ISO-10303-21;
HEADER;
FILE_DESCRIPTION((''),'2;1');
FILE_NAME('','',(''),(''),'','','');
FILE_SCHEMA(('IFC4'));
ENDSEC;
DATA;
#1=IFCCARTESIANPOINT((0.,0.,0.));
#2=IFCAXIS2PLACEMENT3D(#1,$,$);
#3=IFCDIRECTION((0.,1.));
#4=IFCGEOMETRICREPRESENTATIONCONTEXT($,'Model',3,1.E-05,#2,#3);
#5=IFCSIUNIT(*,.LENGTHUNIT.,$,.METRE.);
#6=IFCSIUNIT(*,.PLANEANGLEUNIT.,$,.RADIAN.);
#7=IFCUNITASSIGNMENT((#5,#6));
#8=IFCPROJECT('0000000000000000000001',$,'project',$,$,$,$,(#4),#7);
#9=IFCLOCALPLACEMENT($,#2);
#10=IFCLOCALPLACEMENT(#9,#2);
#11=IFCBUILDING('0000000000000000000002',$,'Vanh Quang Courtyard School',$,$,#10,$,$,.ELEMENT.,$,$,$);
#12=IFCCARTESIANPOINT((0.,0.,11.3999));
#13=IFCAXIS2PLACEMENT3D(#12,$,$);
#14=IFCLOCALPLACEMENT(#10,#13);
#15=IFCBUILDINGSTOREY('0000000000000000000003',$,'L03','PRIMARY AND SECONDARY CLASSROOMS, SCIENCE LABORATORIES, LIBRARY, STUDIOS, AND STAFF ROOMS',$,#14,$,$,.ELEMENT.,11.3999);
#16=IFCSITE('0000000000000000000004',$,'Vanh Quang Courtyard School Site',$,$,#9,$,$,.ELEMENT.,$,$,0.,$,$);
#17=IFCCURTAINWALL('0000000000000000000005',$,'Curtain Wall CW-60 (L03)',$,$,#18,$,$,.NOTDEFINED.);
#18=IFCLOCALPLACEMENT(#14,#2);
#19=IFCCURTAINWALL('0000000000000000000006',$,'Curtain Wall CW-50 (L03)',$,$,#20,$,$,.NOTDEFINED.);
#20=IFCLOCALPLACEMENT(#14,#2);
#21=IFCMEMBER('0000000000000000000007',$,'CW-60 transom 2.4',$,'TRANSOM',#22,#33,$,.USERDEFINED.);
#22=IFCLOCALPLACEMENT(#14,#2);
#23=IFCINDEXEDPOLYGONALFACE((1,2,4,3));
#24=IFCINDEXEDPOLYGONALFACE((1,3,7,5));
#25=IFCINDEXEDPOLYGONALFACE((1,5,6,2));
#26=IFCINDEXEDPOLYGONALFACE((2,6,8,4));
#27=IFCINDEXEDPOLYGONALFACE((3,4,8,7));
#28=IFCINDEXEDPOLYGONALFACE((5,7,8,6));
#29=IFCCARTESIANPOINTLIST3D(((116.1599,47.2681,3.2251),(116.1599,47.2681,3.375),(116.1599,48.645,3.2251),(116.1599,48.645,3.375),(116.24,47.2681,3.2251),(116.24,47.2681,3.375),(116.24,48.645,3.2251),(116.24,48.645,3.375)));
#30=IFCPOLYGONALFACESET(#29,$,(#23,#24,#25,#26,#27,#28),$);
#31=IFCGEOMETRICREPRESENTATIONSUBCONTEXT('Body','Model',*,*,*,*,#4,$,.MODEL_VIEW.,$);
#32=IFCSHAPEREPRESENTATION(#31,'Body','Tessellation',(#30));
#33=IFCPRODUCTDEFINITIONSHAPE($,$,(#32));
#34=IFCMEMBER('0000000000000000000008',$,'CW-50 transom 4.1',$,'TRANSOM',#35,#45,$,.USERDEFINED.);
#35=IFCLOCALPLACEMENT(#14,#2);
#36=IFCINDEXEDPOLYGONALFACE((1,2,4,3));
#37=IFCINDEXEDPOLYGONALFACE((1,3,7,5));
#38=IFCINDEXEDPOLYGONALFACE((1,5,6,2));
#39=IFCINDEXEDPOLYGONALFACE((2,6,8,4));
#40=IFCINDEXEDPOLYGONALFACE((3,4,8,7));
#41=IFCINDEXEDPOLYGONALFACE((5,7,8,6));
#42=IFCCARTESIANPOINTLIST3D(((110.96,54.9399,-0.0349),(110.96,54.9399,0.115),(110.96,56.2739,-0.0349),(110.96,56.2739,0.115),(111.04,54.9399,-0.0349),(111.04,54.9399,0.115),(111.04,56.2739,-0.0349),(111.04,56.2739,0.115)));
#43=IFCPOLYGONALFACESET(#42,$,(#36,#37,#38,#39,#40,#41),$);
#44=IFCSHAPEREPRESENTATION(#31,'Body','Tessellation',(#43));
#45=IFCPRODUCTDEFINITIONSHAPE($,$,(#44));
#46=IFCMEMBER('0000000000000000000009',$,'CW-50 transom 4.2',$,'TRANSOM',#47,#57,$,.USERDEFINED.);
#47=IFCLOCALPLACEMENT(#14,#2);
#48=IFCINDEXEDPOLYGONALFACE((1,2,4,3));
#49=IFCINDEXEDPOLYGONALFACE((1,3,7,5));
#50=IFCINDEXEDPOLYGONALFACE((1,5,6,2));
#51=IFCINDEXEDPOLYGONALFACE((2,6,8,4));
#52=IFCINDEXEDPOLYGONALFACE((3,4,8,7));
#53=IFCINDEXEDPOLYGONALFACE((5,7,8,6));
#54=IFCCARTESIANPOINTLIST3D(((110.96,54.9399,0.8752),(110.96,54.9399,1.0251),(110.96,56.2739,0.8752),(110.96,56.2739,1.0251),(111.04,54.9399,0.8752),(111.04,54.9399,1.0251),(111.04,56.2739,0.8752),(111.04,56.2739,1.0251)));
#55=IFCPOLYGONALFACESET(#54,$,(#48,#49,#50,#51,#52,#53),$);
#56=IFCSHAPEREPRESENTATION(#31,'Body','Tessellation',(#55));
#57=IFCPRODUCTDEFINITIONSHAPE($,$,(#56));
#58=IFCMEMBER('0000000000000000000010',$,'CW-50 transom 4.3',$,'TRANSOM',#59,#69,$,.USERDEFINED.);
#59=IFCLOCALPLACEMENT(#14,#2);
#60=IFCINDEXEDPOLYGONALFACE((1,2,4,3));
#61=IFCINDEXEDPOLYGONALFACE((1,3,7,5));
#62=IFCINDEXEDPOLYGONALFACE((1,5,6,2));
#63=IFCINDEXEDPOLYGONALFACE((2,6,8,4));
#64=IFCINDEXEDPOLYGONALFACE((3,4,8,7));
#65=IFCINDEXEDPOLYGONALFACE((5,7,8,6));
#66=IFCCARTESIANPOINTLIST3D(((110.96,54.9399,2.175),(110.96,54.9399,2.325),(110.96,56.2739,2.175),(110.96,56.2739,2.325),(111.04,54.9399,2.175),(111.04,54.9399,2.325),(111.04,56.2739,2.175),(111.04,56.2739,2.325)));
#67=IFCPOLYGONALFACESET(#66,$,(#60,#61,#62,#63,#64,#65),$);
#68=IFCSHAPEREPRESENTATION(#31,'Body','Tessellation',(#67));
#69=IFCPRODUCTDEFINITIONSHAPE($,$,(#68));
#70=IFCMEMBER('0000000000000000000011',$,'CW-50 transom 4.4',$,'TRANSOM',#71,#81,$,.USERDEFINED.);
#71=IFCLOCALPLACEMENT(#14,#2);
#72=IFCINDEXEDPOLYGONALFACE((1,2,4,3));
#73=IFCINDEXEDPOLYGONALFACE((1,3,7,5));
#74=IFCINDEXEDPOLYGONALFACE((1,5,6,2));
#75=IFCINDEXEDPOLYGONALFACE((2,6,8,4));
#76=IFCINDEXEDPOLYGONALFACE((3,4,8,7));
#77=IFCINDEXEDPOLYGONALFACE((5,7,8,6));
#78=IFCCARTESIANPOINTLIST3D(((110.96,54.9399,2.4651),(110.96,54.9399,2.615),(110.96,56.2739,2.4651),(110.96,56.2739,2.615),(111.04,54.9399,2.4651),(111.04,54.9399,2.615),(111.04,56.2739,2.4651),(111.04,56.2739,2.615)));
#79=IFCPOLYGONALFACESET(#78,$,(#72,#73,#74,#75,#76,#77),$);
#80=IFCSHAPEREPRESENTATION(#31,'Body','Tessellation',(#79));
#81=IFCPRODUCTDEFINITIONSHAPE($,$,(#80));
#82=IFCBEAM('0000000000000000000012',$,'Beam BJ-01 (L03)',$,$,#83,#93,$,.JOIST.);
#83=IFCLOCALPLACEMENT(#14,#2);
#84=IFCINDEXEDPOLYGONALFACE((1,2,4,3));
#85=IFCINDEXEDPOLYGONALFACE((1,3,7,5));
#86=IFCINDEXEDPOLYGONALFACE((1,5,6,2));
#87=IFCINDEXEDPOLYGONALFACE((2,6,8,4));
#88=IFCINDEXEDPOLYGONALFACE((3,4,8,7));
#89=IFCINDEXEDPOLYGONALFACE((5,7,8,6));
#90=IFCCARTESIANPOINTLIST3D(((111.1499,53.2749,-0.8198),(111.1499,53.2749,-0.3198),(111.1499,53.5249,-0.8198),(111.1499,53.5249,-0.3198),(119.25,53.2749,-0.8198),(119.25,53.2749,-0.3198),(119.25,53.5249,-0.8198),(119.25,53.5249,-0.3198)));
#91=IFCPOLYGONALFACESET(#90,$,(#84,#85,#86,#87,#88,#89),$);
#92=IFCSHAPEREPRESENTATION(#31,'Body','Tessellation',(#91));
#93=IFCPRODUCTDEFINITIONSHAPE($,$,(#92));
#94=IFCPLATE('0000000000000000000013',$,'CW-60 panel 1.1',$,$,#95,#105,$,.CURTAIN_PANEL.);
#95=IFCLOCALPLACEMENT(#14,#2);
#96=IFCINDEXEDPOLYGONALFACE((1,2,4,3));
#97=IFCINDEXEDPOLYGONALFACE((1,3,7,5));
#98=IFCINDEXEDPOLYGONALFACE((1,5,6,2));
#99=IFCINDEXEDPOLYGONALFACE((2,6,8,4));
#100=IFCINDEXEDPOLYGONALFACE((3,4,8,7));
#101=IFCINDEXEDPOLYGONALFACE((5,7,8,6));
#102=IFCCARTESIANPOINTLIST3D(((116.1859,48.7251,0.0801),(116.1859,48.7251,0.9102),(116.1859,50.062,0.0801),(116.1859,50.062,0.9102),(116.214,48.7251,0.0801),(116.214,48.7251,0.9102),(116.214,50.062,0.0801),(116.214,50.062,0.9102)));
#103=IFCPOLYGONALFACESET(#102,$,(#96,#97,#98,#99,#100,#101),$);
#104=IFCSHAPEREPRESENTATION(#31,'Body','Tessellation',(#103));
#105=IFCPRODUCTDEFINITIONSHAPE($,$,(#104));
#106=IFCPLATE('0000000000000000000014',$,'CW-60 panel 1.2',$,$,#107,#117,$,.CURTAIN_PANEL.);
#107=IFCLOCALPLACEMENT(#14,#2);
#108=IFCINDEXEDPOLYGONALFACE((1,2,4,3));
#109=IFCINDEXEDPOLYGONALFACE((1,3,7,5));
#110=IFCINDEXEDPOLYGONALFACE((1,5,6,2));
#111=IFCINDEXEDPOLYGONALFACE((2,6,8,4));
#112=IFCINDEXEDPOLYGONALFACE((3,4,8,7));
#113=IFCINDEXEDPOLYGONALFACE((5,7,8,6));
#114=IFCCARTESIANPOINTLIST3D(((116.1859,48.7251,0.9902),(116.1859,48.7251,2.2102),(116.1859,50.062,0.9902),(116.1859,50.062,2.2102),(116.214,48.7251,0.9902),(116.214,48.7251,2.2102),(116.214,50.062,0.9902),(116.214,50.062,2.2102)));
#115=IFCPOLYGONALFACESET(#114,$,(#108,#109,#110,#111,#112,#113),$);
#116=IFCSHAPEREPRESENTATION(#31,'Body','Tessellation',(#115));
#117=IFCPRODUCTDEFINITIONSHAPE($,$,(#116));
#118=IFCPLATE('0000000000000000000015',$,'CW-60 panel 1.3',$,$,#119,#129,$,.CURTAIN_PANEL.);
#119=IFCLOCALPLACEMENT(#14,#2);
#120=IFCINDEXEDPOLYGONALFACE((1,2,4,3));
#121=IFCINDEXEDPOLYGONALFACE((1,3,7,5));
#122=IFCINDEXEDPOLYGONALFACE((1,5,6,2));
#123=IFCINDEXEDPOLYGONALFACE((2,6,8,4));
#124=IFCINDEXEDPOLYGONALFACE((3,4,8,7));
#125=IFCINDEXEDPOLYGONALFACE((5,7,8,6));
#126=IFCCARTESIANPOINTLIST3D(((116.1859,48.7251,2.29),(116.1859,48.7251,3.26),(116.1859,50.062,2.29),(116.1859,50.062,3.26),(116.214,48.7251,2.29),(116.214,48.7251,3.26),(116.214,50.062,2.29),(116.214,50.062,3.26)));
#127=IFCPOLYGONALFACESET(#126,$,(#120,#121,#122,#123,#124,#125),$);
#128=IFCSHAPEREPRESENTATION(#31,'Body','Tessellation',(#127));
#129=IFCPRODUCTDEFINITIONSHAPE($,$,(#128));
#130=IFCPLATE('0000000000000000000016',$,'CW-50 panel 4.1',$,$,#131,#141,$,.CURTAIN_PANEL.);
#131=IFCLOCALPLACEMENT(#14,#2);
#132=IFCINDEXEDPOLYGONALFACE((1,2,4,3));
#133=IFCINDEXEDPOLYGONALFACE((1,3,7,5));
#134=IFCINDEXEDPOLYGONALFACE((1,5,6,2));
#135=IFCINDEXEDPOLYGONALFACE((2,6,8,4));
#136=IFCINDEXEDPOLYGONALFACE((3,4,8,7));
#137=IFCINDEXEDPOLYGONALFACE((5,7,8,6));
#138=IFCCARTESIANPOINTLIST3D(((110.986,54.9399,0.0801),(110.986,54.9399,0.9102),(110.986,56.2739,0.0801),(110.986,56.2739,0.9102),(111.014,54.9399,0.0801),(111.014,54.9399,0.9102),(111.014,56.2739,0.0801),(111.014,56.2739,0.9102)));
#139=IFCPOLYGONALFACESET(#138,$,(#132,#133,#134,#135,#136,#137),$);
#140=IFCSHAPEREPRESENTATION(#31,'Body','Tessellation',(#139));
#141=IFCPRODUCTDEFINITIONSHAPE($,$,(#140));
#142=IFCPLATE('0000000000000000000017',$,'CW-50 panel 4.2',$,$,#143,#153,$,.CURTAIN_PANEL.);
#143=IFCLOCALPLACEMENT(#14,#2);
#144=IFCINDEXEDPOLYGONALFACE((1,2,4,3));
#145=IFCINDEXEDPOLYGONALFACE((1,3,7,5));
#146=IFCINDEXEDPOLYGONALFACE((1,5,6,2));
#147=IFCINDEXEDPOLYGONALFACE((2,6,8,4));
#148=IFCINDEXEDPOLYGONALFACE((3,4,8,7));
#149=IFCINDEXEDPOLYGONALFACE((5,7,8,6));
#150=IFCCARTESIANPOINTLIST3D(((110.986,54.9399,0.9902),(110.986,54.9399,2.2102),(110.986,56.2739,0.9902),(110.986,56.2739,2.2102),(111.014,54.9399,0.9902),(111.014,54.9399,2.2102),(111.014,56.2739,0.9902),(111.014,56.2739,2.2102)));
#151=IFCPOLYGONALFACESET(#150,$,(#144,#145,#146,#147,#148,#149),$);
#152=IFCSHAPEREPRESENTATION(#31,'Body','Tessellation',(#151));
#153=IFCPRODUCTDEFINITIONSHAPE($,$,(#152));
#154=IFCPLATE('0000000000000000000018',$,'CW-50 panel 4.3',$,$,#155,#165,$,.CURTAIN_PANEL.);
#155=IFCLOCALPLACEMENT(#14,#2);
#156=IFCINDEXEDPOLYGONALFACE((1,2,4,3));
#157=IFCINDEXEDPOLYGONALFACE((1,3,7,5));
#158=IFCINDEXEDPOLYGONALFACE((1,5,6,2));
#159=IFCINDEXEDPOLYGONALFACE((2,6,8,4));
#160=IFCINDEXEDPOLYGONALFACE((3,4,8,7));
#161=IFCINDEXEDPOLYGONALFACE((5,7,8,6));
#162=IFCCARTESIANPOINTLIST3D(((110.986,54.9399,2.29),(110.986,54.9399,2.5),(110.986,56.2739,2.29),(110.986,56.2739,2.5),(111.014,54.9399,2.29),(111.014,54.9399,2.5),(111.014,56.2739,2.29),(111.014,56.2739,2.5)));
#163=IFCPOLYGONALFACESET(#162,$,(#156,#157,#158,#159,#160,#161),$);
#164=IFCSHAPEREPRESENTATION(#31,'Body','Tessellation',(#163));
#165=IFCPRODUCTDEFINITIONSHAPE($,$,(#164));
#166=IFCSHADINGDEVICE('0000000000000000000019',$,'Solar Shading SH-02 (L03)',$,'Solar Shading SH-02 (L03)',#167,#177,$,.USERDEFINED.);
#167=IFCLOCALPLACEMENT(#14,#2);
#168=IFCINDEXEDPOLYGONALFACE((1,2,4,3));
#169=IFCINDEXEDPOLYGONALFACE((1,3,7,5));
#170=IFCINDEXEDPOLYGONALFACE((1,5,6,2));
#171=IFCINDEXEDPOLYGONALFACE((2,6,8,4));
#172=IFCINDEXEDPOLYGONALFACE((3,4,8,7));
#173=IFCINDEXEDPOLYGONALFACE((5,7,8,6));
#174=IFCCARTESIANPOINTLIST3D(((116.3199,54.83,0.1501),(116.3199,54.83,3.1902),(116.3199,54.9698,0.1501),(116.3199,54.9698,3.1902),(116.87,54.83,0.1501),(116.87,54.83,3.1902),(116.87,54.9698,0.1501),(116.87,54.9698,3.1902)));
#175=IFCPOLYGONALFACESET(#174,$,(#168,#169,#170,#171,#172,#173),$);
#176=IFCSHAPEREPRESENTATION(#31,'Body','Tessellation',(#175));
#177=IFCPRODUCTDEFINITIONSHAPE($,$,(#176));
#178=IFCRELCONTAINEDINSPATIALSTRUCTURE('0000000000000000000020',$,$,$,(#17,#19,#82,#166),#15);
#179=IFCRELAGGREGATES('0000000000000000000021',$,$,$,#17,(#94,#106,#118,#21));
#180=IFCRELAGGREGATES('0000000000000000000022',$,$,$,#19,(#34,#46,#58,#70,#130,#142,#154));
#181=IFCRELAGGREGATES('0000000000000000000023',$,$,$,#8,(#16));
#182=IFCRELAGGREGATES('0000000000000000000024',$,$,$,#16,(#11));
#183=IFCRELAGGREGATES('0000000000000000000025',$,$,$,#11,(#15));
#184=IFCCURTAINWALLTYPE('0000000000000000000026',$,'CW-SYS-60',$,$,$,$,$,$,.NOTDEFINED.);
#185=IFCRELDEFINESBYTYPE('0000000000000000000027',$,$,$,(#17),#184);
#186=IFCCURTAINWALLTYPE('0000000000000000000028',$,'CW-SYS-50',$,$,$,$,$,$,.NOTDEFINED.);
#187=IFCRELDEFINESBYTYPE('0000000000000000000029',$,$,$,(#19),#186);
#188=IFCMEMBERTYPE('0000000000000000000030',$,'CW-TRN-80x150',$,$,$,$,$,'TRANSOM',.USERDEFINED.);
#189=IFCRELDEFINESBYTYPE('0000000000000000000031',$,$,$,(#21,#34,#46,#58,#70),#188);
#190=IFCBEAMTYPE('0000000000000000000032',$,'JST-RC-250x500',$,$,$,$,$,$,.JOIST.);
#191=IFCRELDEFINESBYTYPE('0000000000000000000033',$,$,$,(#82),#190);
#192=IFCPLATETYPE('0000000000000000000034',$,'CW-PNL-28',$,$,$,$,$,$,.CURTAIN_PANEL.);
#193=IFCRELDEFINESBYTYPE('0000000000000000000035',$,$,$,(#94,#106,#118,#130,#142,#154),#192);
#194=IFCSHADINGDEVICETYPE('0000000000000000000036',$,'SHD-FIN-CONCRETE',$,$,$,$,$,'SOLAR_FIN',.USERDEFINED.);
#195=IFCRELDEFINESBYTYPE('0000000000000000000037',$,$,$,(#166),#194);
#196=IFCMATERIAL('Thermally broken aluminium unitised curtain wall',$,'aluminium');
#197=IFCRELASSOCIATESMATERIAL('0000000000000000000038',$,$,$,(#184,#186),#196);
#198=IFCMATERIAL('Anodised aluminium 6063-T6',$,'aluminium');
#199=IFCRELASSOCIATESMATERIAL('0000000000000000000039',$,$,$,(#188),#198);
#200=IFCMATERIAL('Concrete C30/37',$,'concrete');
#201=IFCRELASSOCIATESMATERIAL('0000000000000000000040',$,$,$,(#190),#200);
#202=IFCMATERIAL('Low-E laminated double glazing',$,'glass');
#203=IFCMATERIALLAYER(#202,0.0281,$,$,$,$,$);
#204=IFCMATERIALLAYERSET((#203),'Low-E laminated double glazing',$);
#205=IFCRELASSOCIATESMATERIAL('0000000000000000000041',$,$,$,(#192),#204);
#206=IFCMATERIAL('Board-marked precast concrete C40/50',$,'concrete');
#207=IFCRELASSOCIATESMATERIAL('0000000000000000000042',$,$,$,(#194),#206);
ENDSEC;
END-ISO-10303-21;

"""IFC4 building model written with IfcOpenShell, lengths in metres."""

from ifc_helpers import new_model, si_unit, direction, frame, origin, origin_2d, place, context, subcontext, project, spatial, rectangle, extrude, material, layer, layer_set, material_profile, profile_set, type_object, element, aggregate, save


model = new_model("IFC4")

# Units and contexts
model_context = context("Model", 3, precision=1e-05, world=origin(), true_north=direction((0.0, 1.0)))
body_context = subcontext(model_context, "Body", "Model", "MODEL_VIEW")
ifc_project = project(units=[si_unit("LENGTHUNIT", "METRE"), si_unit("PLANEANGLEUNIT", "RADIAN")], contexts=[model_context])

# Site, building, storey
site_placement = place(None, origin())
site = spatial("IfcSite", under=ifc_project, at=site_placement, Name="Vanh Quang Courtyard School Site", CompositionType="ELEMENT", RefElevation=0.0)
building_placement = place(site_placement, origin())
building = spatial("IfcBuilding", under=site, at=building_placement, Name="Vanh Quang Courtyard School", CompositionType="ELEMENT")
storey_placement = place(building_placement, frame((0.0, 0.0, 11.3999)))
storey = spatial("IfcBuildingStorey", under=building, at=storey_placement, Name="L03", Description="PRIMARY AND SECONDARY CLASSROOMS, SCIENCE LABORATORIES, LIBRARY, STUDIOS, AND STAFF ROOMS", CompositionType="ELEMENT", Elevation=11.3999)

# Curtain walls
ifc_material_1 = material(Name="Thermally broken aluminium unitised curtain wall", Category="aluminium")
curtain_wall_type_1 = type_object("IfcCurtainWallType", Name="CW-SYS-60", PredefinedType="NOTDEFINED", material=ifc_material_1)
curtain_wall_1_placement = place(storey_placement, origin())
curtain_wall_1 = element("IfcCurtainWall", 1, at=curtain_wall_1_placement, inside=storey, type_object=curtain_wall_type_1, Name="Curtain Wall CW-60 (L03)", PredefinedType="NOTDEFINED")
ifc_material_2 = material(Name="Anodised aluminium 6063-T6", Category="aluminium")
curtain_wall_type_2 = type_object("IfcCurtainWallType", Name="CW-SYS-50", PredefinedType="NOTDEFINED", material=ifc_material_1)
curtain_wall_2_placement = place(storey_placement, origin())
curtain_wall_2 = element("IfcCurtainWall", 2, at=curtain_wall_2_placement, inside=storey, type_object=curtain_wall_type_2, Name="Curtain Wall CW-50 (L03)", PredefinedType="NOTDEFINED")

# Members
ifc_material_profile_1 = material_profile(ifc_material_2, rectangle(XDim=0.0801, YDim=0.1499, at=origin_2d()), Name="ALU-TRN 80x150")
ifc_profile_set_1 = profile_set([ifc_material_profile_1], Name="Anodised aluminium 6063-T6")
member_type_1 = type_object("IfcMemberType", Name="CW-TRN-80x150", ElementType="TRANSOM", PredefinedType="USERDEFINED", material=ifc_profile_set_1)
member_1_placement = place(storey_placement, frame((116.2, 48.645, 3.3), z_axis=(0.0, -1.0, 0.0), x_axis=(1.0, 0.0, 0.0)))
member_1 = element("IfcMember", 3, at=member_1_placement, type_object=member_type_1, Name="CW-60 transom 2.4", ObjectType="TRANSOM", PredefinedType="USERDEFINED", context=body_context, shape_type="SweptSolid", body=[
    extrude(rectangle(XDim=0.0801, YDim=0.1499, at=origin_2d()), origin(), (0.0, 0.0, 1.0), 1.377),
])
member_2_placement = place(storey_placement, frame((111.0, 54.9399, 0.04), z_axis=(0.0, 1.0, 0.0), x_axis=(-1.0, 0.0, 0.0)))
member_2 = element("IfcMember", 4, at=member_2_placement, type_object=member_type_1, Name="CW-50 transom 4.1", ObjectType="TRANSOM", PredefinedType="USERDEFINED", context=body_context, shape_type="SweptSolid", body=[
    extrude(rectangle(XDim=0.0801, YDim=0.1499, at=origin_2d()), origin(), (0.0, 0.0, 1.0), 1.334),
])
member_3_placement = place(storey_placement, frame((111.0, 54.9399, 0.9502), z_axis=(0.0, 1.0, 0.0), x_axis=(-1.0, 0.0, 0.0)))
member_3 = element("IfcMember", 5, at=member_3_placement, type_object=member_type_1, Name="CW-50 transom 4.2", ObjectType="TRANSOM", PredefinedType="USERDEFINED", context=body_context, shape_type="SweptSolid", body=[
    extrude(rectangle(XDim=0.0801, YDim=0.1499, at=origin_2d()), origin(), (0.0, 0.0, 1.0), 1.334),
])
member_4_placement = place(storey_placement, frame((111.0, 54.9399, 2.25), z_axis=(0.0, 1.0, 0.0), x_axis=(-1.0, 0.0, 0.0)))
member_4 = element("IfcMember", 6, at=member_4_placement, type_object=member_type_1, Name="CW-50 transom 4.3", ObjectType="TRANSOM", PredefinedType="USERDEFINED", context=body_context, shape_type="SweptSolid", body=[
    extrude(rectangle(XDim=0.0801, YDim=0.1499, at=origin_2d()), origin(), (0.0, 0.0, 1.0), 1.334),
])
member_5_placement = place(storey_placement, frame((111.0, 54.9399, 2.54), z_axis=(0.0, 1.0, 0.0), x_axis=(-1.0, 0.0, 0.0)))
member_5 = element("IfcMember", 7, at=member_5_placement, type_object=member_type_1, Name="CW-50 transom 4.4", ObjectType="TRANSOM", PredefinedType="USERDEFINED", context=body_context, shape_type="SweptSolid", body=[
    extrude(rectangle(XDim=0.0801, YDim=0.1499, at=origin_2d()), origin(), (0.0, 0.0, 1.0), 1.334),
])

# Beam
ifc_material_3 = material(Name="Concrete C30/37", Category="concrete")
ifc_material_profile_2 = material_profile(ifc_material_3, rectangle(XDim=0.25, YDim=0.5, at=origin_2d()), Name="RC-JST 250x500")
ifc_profile_set_2 = profile_set([ifc_material_profile_2], Name="Concrete C30/37")
beam_type_1 = type_object("IfcBeamType", Name="JST-RC-250x500", PredefinedType="JOIST", material=ifc_profile_set_2)
beam_1_placement = place(storey_placement, frame((111.1499, 53.3999, -0.5698), z_axis=(1.0, 0.0, 0.0), x_axis=(0.0, 1.0, 0.0)))
element("IfcBeam", 8, at=beam_1_placement, inside=storey, type_object=beam_type_1, Name="Beam BJ-01 (L03)", PredefinedType="JOIST", context=body_context, shape_type="SweptSolid", body=[
    extrude(rectangle(XDim=0.25, YDim=0.5, at=origin_2d()), origin(), (0.0, 0.0, 1.0), 8.1001),
])

# Plates
ifc_material_4 = material(Name="Low-E laminated double glazing", Category="glass")
ifc_layer_1 = layer(ifc_material_4, 0.0281)
ifc_layer_set_1 = layer_set([ifc_layer_1], Name="Low-E laminated double glazing")
plate_type = type_object("IfcPlateType", Name="CW-PNL-28", PredefinedType="CURTAIN_PANEL", material=ifc_layer_set_1)
plate_1_placement = place(storey_placement, frame((116.2, 49.3936, 0.0801), z_axis=(0.0, 0.0, 1.0), x_axis=(0.0, -1.0, 0.0)))
plate_1 = element("IfcPlate", 9, at=plate_1_placement, type_object=plate_type, Name="CW-60 panel 1.1", PredefinedType="CURTAIN_PANEL", context=body_context, shape_type="SweptSolid", body=[
    extrude(rectangle(XDim=1.3369, YDim=0.0281, at=origin_2d()), origin(), (0.0, 0.0, 1.0), 0.8301),
])
plate_2_placement = place(storey_placement, frame((116.2, 49.3936, 0.9902), z_axis=(0.0, 0.0, 1.0), x_axis=(0.0, -1.0, 0.0)))
plate_2 = element("IfcPlate", 10, at=plate_2_placement, type_object=plate_type, Name="CW-60 panel 1.2", PredefinedType="CURTAIN_PANEL", context=body_context, shape_type="SweptSolid", body=[
    extrude(rectangle(XDim=1.3369, YDim=0.0281, at=origin_2d()), origin(), (0.0, 0.0, 1.0), 1.22),
])
plate_3_placement = place(storey_placement, frame((116.2, 49.3936, 2.29), z_axis=(0.0, 0.0, 1.0), x_axis=(0.0, -1.0, 0.0)))
plate_3 = element("IfcPlate", 11, at=plate_3_placement, type_object=plate_type, Name="CW-60 panel 1.3", PredefinedType="CURTAIN_PANEL", context=body_context, shape_type="SweptSolid", body=[
    extrude(rectangle(XDim=1.3369, YDim=0.0281, at=origin_2d()), origin(), (0.0, 0.0, 1.0), 0.97),
])
aggregate(curtain_wall_1, [plate_1, plate_2, plate_3, member_1])
plate_4_placement = place(storey_placement, frame((111.0, 55.6069, 0.0801), z_axis=(0.0, 0.0, 1.0), x_axis=(0.0, 1.0, 0.0)))
plate_4 = element("IfcPlate", 12, at=plate_4_placement, type_object=plate_type, Name="CW-50 panel 4.1", PredefinedType="CURTAIN_PANEL", context=body_context, shape_type="SweptSolid", body=[
    extrude(rectangle(XDim=1.334, YDim=0.0281, at=origin_2d()), origin(), (0.0, 0.0, 1.0), 0.8301),
])
plate_5_placement = place(storey_placement, frame((111.0, 55.6069, 0.9902), z_axis=(0.0, 0.0, 1.0), x_axis=(0.0, 1.0, 0.0)))
plate_5 = element("IfcPlate", 13, at=plate_5_placement, type_object=plate_type, Name="CW-50 panel 4.2", PredefinedType="CURTAIN_PANEL", context=body_context, shape_type="SweptSolid", body=[
    extrude(rectangle(XDim=1.334, YDim=0.0281, at=origin_2d()), origin(), (0.0, 0.0, 1.0), 1.22),
])
plate_6_placement = place(storey_placement, frame((111.0, 55.6069, 2.29), z_axis=(0.0, 0.0, 1.0), x_axis=(0.0, 1.0, 0.0)))
plate_6 = element("IfcPlate", 14, at=plate_6_placement, type_object=plate_type, Name="CW-50 panel 4.3", PredefinedType="CURTAIN_PANEL", context=body_context, shape_type="SweptSolid", body=[
    extrude(rectangle(XDim=1.334, YDim=0.0281, at=origin_2d()), origin(), (0.0, 0.0, 1.0), 0.21),
])
aggregate(curtain_wall_2, [member_2, member_3, member_4, member_5, plate_4, plate_5, plate_6])

# Shading device
ifc_material_5 = material(Name="Board-marked precast concrete C40/50", Category="concrete")
shading_device_type = type_object("IfcShadingDeviceType", Name="SHD-FIN-CONCRETE", ElementType="SOLAR_FIN", PredefinedType="USERDEFINED", material=ifc_material_5)
shading_device_placement = place(storey_placement, frame((116.595, 54.8999, 0.1501), z_axis=(0.0, 0.0, 1.0), x_axis=(0.0, -1.0, 0.0)))
element("IfcShadingDevice", 15, at=shading_device_placement, inside=storey, type_object=shading_device_type, Name="Solar Shading SH-02 (L03)", ObjectType="Solar Shading SH-02 (L03)", PredefinedType="USERDEFINED", context=body_context, shape_type="SweptSolid", body=[
    extrude(rectangle(XDim=0.1399, YDim=0.55, at=origin_2d()), origin(), (0.0, 0.0, 1.0), 3.04),
])

save(model, "model.ifc")
